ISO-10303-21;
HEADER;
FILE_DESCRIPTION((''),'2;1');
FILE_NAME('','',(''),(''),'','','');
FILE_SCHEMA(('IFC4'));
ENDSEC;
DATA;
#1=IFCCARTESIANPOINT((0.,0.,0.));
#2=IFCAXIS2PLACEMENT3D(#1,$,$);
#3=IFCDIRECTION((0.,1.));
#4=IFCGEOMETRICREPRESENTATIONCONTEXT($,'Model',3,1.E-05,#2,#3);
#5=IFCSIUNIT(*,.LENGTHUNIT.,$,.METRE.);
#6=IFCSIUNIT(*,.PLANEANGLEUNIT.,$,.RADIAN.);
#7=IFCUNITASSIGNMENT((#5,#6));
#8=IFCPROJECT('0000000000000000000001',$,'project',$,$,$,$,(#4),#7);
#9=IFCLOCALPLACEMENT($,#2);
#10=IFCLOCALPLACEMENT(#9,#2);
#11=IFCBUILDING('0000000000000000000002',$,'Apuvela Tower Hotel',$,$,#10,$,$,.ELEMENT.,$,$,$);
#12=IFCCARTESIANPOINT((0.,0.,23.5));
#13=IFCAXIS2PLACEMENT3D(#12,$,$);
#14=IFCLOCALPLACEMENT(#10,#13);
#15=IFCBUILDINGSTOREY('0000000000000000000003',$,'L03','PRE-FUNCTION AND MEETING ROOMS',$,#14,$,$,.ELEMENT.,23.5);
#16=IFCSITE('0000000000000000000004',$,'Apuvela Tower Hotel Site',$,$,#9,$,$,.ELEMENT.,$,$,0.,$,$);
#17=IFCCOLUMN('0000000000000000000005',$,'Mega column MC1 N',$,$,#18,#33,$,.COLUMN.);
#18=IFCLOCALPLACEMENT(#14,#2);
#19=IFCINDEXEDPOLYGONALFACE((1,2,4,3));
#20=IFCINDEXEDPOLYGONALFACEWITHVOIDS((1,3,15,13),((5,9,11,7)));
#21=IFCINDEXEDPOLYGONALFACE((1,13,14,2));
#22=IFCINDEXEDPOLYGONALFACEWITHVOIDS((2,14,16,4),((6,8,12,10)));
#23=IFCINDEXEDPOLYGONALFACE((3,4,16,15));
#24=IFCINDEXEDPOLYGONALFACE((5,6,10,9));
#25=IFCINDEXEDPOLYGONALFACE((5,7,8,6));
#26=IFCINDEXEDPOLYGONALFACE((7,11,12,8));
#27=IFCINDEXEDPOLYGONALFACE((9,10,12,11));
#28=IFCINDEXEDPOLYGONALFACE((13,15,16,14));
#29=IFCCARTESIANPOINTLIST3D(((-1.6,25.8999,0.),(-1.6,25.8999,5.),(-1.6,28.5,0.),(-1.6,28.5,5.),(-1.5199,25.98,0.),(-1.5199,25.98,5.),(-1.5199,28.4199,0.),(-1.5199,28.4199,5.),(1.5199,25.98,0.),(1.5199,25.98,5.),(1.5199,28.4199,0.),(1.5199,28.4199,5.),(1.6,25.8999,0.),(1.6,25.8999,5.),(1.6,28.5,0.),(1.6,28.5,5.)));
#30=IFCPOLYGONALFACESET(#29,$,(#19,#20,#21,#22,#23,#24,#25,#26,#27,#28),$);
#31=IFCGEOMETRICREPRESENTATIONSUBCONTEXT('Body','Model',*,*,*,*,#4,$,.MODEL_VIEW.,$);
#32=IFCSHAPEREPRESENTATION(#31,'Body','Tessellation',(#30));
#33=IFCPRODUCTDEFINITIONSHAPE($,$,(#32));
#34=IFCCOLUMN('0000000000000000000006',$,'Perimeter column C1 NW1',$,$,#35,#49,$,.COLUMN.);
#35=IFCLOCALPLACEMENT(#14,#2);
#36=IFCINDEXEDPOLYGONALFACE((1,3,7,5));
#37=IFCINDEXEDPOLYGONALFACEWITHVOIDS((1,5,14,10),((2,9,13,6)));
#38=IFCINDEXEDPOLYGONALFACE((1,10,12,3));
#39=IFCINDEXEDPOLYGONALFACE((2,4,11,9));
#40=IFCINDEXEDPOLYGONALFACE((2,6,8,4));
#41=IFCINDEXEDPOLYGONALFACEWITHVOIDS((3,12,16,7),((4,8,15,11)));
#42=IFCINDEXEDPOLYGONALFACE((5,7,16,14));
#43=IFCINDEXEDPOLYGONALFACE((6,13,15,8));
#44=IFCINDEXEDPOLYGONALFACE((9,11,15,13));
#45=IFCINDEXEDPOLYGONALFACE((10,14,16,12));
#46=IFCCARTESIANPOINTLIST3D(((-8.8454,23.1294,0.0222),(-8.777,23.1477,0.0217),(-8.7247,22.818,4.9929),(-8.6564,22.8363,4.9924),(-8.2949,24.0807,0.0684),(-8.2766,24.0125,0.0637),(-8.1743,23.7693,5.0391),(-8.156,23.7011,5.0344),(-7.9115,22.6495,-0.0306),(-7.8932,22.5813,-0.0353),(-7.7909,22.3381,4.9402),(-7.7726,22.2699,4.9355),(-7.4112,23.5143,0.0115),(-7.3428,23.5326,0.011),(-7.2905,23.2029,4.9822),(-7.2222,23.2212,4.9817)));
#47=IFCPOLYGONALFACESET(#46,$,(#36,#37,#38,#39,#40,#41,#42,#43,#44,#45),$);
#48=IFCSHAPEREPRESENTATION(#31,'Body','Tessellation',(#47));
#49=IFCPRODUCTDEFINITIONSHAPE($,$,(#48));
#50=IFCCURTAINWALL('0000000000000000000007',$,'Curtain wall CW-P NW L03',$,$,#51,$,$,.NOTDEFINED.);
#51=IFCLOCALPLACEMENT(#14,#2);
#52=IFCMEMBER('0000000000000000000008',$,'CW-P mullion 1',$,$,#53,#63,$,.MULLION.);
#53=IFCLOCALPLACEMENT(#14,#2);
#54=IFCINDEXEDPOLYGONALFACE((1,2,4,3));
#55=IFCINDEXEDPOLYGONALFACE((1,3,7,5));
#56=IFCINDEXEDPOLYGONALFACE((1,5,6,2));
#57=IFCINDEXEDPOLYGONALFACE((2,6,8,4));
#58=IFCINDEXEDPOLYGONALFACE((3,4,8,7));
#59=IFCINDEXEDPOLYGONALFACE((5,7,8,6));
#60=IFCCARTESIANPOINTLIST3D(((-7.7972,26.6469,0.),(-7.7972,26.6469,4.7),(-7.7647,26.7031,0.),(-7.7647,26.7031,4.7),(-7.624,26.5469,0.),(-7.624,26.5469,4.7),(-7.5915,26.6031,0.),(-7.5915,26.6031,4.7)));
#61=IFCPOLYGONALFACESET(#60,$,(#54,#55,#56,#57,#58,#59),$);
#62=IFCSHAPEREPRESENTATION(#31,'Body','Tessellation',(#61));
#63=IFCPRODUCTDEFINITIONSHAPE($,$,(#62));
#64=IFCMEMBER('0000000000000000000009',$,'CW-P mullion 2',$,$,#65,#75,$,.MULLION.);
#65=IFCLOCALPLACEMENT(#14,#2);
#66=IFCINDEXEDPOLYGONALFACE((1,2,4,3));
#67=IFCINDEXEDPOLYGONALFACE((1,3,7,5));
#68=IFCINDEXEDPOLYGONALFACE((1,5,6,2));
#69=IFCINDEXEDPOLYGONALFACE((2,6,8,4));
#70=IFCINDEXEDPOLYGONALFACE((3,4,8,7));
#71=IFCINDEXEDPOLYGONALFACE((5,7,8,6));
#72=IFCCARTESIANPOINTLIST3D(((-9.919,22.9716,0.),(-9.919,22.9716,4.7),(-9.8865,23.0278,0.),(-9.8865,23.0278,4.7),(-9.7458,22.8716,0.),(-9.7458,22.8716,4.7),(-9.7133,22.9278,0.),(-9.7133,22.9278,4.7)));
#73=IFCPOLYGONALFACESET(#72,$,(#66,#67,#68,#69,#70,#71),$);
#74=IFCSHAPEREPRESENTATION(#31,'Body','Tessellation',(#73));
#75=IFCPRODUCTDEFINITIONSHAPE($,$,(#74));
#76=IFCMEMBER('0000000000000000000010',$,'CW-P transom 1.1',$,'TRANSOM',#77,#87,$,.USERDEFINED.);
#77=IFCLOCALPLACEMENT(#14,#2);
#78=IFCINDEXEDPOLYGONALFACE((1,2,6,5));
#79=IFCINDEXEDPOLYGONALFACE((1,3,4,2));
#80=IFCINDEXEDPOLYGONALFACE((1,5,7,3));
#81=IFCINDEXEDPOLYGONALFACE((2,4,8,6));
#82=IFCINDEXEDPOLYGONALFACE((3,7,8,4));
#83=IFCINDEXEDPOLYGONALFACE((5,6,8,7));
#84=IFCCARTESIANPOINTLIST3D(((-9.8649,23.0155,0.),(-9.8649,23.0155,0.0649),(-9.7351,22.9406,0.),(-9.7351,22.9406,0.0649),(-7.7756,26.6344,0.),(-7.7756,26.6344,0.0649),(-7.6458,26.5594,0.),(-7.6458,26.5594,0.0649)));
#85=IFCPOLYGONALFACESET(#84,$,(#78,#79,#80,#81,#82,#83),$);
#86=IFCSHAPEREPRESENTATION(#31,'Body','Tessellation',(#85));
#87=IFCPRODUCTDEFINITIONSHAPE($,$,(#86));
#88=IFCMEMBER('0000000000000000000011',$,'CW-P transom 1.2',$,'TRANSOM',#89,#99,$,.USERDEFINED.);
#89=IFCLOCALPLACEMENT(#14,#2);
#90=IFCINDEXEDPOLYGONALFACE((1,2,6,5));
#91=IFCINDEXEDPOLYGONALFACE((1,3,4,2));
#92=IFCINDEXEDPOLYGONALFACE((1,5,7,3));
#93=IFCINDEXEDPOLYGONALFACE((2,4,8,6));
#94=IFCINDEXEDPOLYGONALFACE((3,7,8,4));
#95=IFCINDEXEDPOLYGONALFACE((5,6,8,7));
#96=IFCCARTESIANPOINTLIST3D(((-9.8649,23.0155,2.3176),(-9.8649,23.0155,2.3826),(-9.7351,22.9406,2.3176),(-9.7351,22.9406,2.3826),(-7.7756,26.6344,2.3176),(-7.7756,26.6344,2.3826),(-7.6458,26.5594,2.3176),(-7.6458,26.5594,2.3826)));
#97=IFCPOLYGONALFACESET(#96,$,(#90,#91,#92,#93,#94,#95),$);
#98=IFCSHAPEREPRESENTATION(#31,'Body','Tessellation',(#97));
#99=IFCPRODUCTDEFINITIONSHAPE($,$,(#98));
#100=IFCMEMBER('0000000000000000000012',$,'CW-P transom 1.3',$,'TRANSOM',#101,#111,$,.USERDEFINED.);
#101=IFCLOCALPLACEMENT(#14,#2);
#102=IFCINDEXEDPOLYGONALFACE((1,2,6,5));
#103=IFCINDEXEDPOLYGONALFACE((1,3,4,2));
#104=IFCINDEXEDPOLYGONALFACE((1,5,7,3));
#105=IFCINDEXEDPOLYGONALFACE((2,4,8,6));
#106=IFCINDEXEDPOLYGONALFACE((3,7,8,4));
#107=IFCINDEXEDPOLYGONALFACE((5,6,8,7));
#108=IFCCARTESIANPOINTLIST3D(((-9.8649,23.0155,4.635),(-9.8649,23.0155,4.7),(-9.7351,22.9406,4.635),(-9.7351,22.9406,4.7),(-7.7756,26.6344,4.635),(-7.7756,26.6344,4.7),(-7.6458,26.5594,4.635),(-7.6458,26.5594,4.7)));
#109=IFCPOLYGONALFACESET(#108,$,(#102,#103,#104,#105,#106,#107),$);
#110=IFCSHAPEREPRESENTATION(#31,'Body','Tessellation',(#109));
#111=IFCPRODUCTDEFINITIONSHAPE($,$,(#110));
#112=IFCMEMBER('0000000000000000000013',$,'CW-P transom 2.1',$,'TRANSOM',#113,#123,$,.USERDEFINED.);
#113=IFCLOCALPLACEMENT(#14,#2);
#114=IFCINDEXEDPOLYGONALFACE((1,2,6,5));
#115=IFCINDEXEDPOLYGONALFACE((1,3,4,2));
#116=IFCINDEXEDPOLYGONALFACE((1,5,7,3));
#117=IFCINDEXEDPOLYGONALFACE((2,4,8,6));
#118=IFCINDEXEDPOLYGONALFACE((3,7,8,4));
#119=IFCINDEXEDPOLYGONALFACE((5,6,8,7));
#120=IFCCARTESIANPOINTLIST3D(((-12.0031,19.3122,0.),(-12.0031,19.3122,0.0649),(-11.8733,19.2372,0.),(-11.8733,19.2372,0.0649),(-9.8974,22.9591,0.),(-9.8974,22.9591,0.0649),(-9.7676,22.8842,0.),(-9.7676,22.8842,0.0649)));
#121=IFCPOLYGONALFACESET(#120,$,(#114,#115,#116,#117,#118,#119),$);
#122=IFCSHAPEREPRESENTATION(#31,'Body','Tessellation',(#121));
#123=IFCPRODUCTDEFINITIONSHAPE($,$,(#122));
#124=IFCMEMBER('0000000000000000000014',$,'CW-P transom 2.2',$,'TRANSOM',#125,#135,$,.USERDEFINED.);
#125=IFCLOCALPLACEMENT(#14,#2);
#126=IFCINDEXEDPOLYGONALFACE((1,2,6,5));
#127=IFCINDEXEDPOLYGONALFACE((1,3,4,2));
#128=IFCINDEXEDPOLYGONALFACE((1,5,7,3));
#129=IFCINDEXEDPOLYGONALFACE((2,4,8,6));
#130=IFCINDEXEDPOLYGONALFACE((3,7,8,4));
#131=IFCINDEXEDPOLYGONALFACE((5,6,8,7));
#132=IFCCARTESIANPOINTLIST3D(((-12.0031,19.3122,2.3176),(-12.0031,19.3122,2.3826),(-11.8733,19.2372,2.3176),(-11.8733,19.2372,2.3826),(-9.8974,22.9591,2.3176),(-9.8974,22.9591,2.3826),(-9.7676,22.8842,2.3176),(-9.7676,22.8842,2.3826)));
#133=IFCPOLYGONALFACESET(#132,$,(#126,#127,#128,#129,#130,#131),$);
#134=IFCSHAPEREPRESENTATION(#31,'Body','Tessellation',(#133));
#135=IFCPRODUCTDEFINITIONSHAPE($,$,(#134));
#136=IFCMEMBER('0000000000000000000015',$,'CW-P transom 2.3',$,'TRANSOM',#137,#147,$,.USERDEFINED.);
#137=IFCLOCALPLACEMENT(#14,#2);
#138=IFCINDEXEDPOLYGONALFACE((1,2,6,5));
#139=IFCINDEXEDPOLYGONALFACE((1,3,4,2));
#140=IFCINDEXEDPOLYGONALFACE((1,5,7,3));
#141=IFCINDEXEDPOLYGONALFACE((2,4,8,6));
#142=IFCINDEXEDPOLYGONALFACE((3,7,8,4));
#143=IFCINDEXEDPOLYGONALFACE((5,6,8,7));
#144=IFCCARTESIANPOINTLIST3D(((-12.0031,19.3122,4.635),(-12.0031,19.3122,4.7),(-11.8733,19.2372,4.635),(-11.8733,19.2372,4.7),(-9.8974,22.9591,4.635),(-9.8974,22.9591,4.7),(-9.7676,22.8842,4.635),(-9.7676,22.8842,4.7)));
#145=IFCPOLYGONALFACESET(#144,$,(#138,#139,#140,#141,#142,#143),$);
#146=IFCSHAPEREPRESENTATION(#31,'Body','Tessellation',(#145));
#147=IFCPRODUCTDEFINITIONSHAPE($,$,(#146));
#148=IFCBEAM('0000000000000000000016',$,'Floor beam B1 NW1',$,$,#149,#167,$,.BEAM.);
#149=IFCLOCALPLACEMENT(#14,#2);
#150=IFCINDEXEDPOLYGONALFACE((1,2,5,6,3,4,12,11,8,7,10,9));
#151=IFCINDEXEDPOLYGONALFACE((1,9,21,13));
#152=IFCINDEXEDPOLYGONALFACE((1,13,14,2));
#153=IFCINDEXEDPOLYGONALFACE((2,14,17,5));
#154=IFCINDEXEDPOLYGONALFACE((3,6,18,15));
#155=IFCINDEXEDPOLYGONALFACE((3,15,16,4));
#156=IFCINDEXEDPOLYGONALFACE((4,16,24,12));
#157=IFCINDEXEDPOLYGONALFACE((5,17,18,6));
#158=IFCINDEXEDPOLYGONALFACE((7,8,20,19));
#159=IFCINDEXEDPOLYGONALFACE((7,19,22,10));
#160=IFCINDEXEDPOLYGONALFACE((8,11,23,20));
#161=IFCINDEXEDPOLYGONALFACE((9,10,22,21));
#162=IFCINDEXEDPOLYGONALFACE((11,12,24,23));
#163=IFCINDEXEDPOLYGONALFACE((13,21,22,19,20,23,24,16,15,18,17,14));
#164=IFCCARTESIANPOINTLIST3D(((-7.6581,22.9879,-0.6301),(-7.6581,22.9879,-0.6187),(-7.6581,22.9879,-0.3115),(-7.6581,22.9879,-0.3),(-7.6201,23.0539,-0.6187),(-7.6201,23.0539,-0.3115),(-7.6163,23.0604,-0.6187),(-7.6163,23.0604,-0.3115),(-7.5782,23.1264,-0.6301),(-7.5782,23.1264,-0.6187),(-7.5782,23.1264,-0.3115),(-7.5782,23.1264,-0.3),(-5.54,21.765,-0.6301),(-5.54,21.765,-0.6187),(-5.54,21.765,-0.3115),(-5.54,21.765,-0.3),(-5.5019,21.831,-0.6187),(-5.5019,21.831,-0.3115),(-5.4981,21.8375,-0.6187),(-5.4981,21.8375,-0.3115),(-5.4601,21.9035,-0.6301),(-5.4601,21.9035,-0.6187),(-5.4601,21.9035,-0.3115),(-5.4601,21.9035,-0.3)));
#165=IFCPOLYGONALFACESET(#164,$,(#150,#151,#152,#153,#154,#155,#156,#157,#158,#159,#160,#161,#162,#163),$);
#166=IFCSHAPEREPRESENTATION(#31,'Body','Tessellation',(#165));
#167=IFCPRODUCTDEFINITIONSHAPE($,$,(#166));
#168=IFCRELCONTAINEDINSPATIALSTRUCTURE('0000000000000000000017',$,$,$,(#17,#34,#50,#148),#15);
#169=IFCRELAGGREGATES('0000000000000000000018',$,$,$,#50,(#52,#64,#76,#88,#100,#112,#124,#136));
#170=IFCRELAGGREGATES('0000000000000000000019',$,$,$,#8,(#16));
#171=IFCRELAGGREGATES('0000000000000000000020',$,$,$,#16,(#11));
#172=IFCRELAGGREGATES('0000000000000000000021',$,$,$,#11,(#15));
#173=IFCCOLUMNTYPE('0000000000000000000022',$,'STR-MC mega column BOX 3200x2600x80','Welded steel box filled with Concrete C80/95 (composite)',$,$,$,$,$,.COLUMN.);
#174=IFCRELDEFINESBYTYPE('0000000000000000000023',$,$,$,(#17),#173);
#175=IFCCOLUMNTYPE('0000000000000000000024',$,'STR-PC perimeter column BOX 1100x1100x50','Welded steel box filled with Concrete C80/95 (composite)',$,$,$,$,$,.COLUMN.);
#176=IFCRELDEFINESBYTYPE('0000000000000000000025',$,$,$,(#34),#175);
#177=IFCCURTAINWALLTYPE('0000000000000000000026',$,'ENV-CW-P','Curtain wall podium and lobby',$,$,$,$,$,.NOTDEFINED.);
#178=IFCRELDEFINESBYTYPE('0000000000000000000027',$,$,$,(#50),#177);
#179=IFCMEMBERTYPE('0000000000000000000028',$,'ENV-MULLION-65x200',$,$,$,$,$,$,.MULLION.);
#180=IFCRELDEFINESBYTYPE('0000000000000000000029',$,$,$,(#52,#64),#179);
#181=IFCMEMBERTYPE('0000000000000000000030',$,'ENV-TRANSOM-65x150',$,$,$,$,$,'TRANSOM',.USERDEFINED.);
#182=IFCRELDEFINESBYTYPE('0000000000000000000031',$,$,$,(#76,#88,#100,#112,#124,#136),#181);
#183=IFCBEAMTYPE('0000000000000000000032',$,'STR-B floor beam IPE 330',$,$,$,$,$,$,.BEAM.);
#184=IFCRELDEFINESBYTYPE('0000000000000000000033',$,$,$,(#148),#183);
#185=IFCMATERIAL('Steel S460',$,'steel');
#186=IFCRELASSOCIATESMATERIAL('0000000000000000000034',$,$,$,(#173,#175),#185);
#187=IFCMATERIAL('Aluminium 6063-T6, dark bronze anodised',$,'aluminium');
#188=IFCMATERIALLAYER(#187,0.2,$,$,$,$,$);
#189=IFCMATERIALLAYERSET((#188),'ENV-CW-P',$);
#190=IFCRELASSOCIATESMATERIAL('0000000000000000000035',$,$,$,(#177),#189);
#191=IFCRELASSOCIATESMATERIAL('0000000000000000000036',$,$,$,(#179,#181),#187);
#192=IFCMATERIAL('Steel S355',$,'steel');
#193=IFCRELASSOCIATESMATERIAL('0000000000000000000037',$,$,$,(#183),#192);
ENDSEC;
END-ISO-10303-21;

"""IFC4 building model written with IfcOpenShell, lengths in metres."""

from ifc_helpers import new_model, si_unit, direction, frame, origin, origin_2d, place, context, subcontext, project, spatial, rectangle, hollow_rectangle, i_section, extrude, boolean, halfspace, material, layer, layer_set, material_profile, profile_set, type_object, element, aggregate, save


model = new_model("IFC4")

# Units and contexts
model_context = context("Model", 3, precision=1e-05, world=origin(), true_north=direction((0.0, 1.0)))
body_context = subcontext(model_context, "Body", "Model", "MODEL_VIEW")
ifc_project = project(units=[si_unit("LENGTHUNIT", "METRE"), si_unit("PLANEANGLEUNIT", "RADIAN")], contexts=[model_context])

# Site, building, storey
site_placement = place(None, origin())
site = spatial("IfcSite", under=ifc_project, at=site_placement, Name="Apuvela Tower Hotel Site", CompositionType="ELEMENT", RefElevation=0.0)
building_placement = place(site_placement, origin())
building = spatial("IfcBuilding", under=site, at=building_placement, Name="Apuvela Tower Hotel", CompositionType="ELEMENT")
storey_placement = place(building_placement, frame((0.0, 0.0, 23.5)))
storey = spatial("IfcBuildingStorey", under=building, at=storey_placement, Name="L03", Description="PRE-FUNCTION AND MEETING ROOMS", CompositionType="ELEMENT", Elevation=23.5)

# Columns
ifc_material_1 = material(Name="Steel S460", Category="steel")
ifc_material_profile_1 = material_profile(ifc_material_1, hollow_rectangle(XDim=3.2, YDim=2.6001, WallThickness=0.0801, at=origin_2d()), Name="BOX 3200x2600x80")
ifc_material_2 = material(Name="Concrete C80/95", Category="concrete")
ifc_material_profile_2 = material_profile(ifc_material_2, rectangle(XDim=3.04, YDim=2.4399, at=origin_2d()), Name="Concrete C80/95 infill")
ifc_profile_set_1 = profile_set([ifc_material_profile_1, ifc_material_profile_2], Name="Steel S460")
column_type_1 = type_object("IfcColumnType", Name="STR-MC mega column BOX 3200x2600x80", Description="Welded steel box filled with Concrete C80/95 (composite)", PredefinedType="COLUMN", material=ifc_profile_set_1)
column_1_placement = place(storey_placement, frame((0.0, 27.2, 0.0), z_axis=(0.0, 0.0, 1.0), x_axis=(1.0, 0.0, 0.0)))
element("IfcColumn", 1, at=column_1_placement, inside=storey, type_object=column_type_1, Name="Mega column MC1 N", PredefinedType="COLUMN", context=body_context, shape_type="SweptSolid", body=[
    extrude(hollow_rectangle(XDim=3.2, YDim=2.6001, WallThickness=0.0801, at=origin_2d()), origin(), (0.0, 0.0, 1.0), 5.0),
])
ifc_material_profile_3 = material_profile(ifc_material_1, hollow_rectangle(XDim=1.1001, YDim=1.1001, WallThickness=0.05, at=origin_2d()), Name="BOX 1100x1100x50")
ifc_material_profile_4 = material_profile(ifc_material_2, rectangle(XDim=1.0, YDim=1.0, at=origin_2d()), Name="Concrete C80/95 infill")
ifc_profile_set_2 = profile_set([ifc_material_profile_3, ifc_material_profile_4], Name="Steel S460")
column_type_2 = type_object("IfcColumnType", Name="STR-PC perimeter column BOX 1100x1100x50", Description="Welded steel box filled with Concrete C80/95 (composite)", PredefinedType="COLUMN", material=ifc_profile_set_2)
column_2_placement = place(storey_placement, frame((-8.0945, 23.332, 0.0), z_axis=(0.024213, -0.062506, 0.997751), x_axis=(0.500358, 0.864798, 0.042034)))
element("IfcColumn", 2, at=column_2_placement, inside=storey, type_object=column_type_2, Name="Perimeter column C1 NW1", PredefinedType="COLUMN", context=body_context, shape_type="SweptSolid", body=[
    boolean("DIFFERENCE", boolean("DIFFERENCE", extrude(hollow_rectangle(XDim=1.1001, YDim=1.1001, WallThickness=0.05, at=origin_2d()), origin(), (0.0, 0.0, 1.0), 5.0112), halfspace(frame((0.0, 0.0, 0.0166), z_axis=(0.0, 0.0, 1.0), x_axis=(1.0, 0.0, 0.0)), True)), halfspace(frame((0.0, 0.0, 4.9985), z_axis=(0.0, 0.0, 1.0), x_axis=(1.0, 0.0, 0.0)), False)),
])

# Curtain wall, members
ifc_material_3 = material(Name="Aluminium 6063-T6, dark bronze anodised", Category="aluminium")
ifc_layer_1 = layer(ifc_material_3, 0.2)
ifc_layer_set_1 = layer_set([ifc_layer_1], Name="ENV-CW-P")
curtain_wall_type = type_object("IfcCurtainWallType", Name="ENV-CW-P", Description="Curtain wall podium and lobby", PredefinedType="NOTDEFINED", material=ifc_layer_set_1)
curtain_wall_placement = place(storey_placement, origin())
curtain_wall = element("IfcCurtainWall", 3, at=curtain_wall_placement, inside=storey, type_object=curtain_wall_type, Name="Curtain wall CW-P NW L03", PredefinedType="NOTDEFINED")
ifc_material_profile_5 = material_profile(ifc_material_3, rectangle(XDim=0.2, YDim=0.0649, at=origin_2d()), Name="AL 65x200")
ifc_profile_set_3 = profile_set([ifc_material_profile_5], Name="Aluminium 6063-T6, dark bronze anodised")
member_type_1 = type_object("IfcMemberType", Name="ENV-MULLION-65x200", PredefinedType="MULLION", material=ifc_profile_set_3)
member_1_placement = place(storey_placement, frame((-7.6943, 26.625, 0.0), z_axis=(0.0, 0.0, 1.0), x_axis=(0.866026, -0.5, 0.0)))
member_1 = element("IfcMember", 4, at=member_1_placement, type_object=member_type_1, Name="CW-P mullion 1", PredefinedType="MULLION", context=body_context, shape_type="SweptSolid", body=[
    extrude(rectangle(XDim=0.2, YDim=0.0649, at=origin_2d()), origin(), (0.0, 0.0, 1.0), 4.7),
])
member_2_placement = place(storey_placement, frame((-9.8162, 22.9497, 0.0), z_axis=(0.0, 0.0, 1.0), x_axis=(0.866026, -0.5, 0.0)))
member_2 = element("IfcMember", 5, at=member_2_placement, type_object=member_type_1, Name="CW-P mullion 2", PredefinedType="MULLION", context=body_context, shape_type="SweptSolid", body=[
    extrude(rectangle(XDim=0.2, YDim=0.0649, at=origin_2d()), origin(), (0.0, 0.0, 1.0), 4.7),
])
ifc_material_profile_6 = material_profile(ifc_material_3, rectangle(XDim=0.1499, YDim=0.0649, at=origin_2d()), Name="AL 65x150 transom")
ifc_profile_set_4 = profile_set([ifc_material_profile_6], Name="Aluminium 6063-T6, dark bronze anodised")
member_type_2 = type_object("IfcMemberType", Name="ENV-TRANSOM-65x150", ElementType="TRANSOM", PredefinedType="USERDEFINED", material=ifc_profile_set_4)
member_3_placement = place(storey_placement, frame((-7.7107, 26.5969, 0.0325), z_axis=(-0.499997, -0.866027, 0.0), x_axis=(0.866027, -0.499997, 0.0)))
member_3 = element("IfcMember", 6, at=member_3_placement, type_object=member_type_2, Name="CW-P transom 1.1", ObjectType="TRANSOM", PredefinedType="USERDEFINED", context=body_context, shape_type="SweptSolid", body=[
    extrude(rectangle(XDim=0.1499, YDim=0.0649, at=origin_2d()), origin(), (0.0, 0.0, 1.0), 4.1787),
])
member_4_placement = place(storey_placement, frame((-7.7107, 26.5969, 2.3501), z_axis=(-0.499997, -0.866027, 0.0), x_axis=(0.866027, -0.499997, 0.0)))
member_4 = element("IfcMember", 7, at=member_4_placement, type_object=member_type_2, Name="CW-P transom 1.2", ObjectType="TRANSOM", PredefinedType="USERDEFINED", context=body_context, shape_type="SweptSolid", body=[
    extrude(rectangle(XDim=0.1499, YDim=0.0649, at=origin_2d()), origin(), (0.0, 0.0, 1.0), 4.1787),
])
member_5_placement = place(storey_placement, frame((-7.7107, 26.5969, 4.6675), z_axis=(-0.499997, -0.866027, 0.0), x_axis=(0.866027, -0.499997, 0.0)))
member_5 = element("IfcMember", 8, at=member_5_placement, type_object=member_type_2, Name="CW-P transom 1.3", ObjectType="TRANSOM", PredefinedType="USERDEFINED", context=body_context, shape_type="SweptSolid", body=[
    extrude(rectangle(XDim=0.1499, YDim=0.0649, at=origin_2d()), origin(), (0.0, 0.0, 1.0), 4.1787),
])
member_6_placement = place(storey_placement, frame((-9.8325, 22.9216, 0.0325), z_axis=(-0.500024, -0.866012, 0.0), x_axis=(0.866012, -0.500024, 0.0)))
member_6 = element("IfcMember", 9, at=member_6_placement, type_object=member_type_2, Name="CW-P transom 2.1", ObjectType="TRANSOM", PredefinedType="USERDEFINED", context=body_context, shape_type="SweptSolid", body=[
    extrude(rectangle(XDim=0.1499, YDim=0.0649, at=origin_2d()), origin(), (0.0, 0.0, 1.0), 4.2112),
])
member_7_placement = place(storey_placement, frame((-9.8325, 22.9216, 2.3501), z_axis=(-0.500024, -0.866012, 0.0), x_axis=(0.866012, -0.500024, 0.0)))
member_7 = element("IfcMember", 10, at=member_7_placement, type_object=member_type_2, Name="CW-P transom 2.2", ObjectType="TRANSOM", PredefinedType="USERDEFINED", context=body_context, shape_type="SweptSolid", body=[
    extrude(rectangle(XDim=0.1499, YDim=0.0649, at=origin_2d()), origin(), (0.0, 0.0, 1.0), 4.2112),
])
member_8_placement = place(storey_placement, frame((-9.8325, 22.9216, 4.6675), z_axis=(-0.500024, -0.866012, 0.0), x_axis=(0.866012, -0.500024, 0.0)))
member_8 = element("IfcMember", 11, at=member_8_placement, type_object=member_type_2, Name="CW-P transom 2.3", ObjectType="TRANSOM", PredefinedType="USERDEFINED", context=body_context, shape_type="SweptSolid", body=[
    extrude(rectangle(XDim=0.1499, YDim=0.0649, at=origin_2d()), origin(), (0.0, 0.0, 1.0), 4.2112),
])

# Beam
ifc_material_4 = material(Name="Steel S355", Category="steel")
ifc_material_profile_7 = material_profile(ifc_material_4, i_section(OverallWidth=0.1599, OverallDepth=0.3301, WebThickness=0.0076, FlangeThickness=0.0115, at=origin_2d()), Name="IPE 330")
ifc_profile_set_5 = profile_set([ifc_material_profile_7], Name="Steel S355")
beam_type_1 = type_object("IfcBeamType", Name="STR-B floor beam IPE 330", PredefinedType="BEAM", material=ifc_profile_set_5)
beam_1_placement = place(storey_placement, frame((-7.6182, 23.0571, -0.4651), z_axis=(0.866029, -0.499993, 0.0), x_axis=(0.499993, 0.866029, 0.0)))
element("IfcBeam", 12, at=beam_1_placement, inside=storey, type_object=beam_type_1, Name="Floor beam B1 NW1", PredefinedType="BEAM", context=body_context, shape_type="SweptSolid", body=[
    extrude(i_section(OverallWidth=0.1599, OverallDepth=0.3301, WebThickness=0.0076, FlangeThickness=0.0115, at=origin_2d()), origin(), (0.0, 0.0, 1.0), 2.4458),
])

aggregate(curtain_wall, [member_1, member_2, member_3, member_4, member_5, member_6, member_7, member_8])

save(model, "model.ifc")
